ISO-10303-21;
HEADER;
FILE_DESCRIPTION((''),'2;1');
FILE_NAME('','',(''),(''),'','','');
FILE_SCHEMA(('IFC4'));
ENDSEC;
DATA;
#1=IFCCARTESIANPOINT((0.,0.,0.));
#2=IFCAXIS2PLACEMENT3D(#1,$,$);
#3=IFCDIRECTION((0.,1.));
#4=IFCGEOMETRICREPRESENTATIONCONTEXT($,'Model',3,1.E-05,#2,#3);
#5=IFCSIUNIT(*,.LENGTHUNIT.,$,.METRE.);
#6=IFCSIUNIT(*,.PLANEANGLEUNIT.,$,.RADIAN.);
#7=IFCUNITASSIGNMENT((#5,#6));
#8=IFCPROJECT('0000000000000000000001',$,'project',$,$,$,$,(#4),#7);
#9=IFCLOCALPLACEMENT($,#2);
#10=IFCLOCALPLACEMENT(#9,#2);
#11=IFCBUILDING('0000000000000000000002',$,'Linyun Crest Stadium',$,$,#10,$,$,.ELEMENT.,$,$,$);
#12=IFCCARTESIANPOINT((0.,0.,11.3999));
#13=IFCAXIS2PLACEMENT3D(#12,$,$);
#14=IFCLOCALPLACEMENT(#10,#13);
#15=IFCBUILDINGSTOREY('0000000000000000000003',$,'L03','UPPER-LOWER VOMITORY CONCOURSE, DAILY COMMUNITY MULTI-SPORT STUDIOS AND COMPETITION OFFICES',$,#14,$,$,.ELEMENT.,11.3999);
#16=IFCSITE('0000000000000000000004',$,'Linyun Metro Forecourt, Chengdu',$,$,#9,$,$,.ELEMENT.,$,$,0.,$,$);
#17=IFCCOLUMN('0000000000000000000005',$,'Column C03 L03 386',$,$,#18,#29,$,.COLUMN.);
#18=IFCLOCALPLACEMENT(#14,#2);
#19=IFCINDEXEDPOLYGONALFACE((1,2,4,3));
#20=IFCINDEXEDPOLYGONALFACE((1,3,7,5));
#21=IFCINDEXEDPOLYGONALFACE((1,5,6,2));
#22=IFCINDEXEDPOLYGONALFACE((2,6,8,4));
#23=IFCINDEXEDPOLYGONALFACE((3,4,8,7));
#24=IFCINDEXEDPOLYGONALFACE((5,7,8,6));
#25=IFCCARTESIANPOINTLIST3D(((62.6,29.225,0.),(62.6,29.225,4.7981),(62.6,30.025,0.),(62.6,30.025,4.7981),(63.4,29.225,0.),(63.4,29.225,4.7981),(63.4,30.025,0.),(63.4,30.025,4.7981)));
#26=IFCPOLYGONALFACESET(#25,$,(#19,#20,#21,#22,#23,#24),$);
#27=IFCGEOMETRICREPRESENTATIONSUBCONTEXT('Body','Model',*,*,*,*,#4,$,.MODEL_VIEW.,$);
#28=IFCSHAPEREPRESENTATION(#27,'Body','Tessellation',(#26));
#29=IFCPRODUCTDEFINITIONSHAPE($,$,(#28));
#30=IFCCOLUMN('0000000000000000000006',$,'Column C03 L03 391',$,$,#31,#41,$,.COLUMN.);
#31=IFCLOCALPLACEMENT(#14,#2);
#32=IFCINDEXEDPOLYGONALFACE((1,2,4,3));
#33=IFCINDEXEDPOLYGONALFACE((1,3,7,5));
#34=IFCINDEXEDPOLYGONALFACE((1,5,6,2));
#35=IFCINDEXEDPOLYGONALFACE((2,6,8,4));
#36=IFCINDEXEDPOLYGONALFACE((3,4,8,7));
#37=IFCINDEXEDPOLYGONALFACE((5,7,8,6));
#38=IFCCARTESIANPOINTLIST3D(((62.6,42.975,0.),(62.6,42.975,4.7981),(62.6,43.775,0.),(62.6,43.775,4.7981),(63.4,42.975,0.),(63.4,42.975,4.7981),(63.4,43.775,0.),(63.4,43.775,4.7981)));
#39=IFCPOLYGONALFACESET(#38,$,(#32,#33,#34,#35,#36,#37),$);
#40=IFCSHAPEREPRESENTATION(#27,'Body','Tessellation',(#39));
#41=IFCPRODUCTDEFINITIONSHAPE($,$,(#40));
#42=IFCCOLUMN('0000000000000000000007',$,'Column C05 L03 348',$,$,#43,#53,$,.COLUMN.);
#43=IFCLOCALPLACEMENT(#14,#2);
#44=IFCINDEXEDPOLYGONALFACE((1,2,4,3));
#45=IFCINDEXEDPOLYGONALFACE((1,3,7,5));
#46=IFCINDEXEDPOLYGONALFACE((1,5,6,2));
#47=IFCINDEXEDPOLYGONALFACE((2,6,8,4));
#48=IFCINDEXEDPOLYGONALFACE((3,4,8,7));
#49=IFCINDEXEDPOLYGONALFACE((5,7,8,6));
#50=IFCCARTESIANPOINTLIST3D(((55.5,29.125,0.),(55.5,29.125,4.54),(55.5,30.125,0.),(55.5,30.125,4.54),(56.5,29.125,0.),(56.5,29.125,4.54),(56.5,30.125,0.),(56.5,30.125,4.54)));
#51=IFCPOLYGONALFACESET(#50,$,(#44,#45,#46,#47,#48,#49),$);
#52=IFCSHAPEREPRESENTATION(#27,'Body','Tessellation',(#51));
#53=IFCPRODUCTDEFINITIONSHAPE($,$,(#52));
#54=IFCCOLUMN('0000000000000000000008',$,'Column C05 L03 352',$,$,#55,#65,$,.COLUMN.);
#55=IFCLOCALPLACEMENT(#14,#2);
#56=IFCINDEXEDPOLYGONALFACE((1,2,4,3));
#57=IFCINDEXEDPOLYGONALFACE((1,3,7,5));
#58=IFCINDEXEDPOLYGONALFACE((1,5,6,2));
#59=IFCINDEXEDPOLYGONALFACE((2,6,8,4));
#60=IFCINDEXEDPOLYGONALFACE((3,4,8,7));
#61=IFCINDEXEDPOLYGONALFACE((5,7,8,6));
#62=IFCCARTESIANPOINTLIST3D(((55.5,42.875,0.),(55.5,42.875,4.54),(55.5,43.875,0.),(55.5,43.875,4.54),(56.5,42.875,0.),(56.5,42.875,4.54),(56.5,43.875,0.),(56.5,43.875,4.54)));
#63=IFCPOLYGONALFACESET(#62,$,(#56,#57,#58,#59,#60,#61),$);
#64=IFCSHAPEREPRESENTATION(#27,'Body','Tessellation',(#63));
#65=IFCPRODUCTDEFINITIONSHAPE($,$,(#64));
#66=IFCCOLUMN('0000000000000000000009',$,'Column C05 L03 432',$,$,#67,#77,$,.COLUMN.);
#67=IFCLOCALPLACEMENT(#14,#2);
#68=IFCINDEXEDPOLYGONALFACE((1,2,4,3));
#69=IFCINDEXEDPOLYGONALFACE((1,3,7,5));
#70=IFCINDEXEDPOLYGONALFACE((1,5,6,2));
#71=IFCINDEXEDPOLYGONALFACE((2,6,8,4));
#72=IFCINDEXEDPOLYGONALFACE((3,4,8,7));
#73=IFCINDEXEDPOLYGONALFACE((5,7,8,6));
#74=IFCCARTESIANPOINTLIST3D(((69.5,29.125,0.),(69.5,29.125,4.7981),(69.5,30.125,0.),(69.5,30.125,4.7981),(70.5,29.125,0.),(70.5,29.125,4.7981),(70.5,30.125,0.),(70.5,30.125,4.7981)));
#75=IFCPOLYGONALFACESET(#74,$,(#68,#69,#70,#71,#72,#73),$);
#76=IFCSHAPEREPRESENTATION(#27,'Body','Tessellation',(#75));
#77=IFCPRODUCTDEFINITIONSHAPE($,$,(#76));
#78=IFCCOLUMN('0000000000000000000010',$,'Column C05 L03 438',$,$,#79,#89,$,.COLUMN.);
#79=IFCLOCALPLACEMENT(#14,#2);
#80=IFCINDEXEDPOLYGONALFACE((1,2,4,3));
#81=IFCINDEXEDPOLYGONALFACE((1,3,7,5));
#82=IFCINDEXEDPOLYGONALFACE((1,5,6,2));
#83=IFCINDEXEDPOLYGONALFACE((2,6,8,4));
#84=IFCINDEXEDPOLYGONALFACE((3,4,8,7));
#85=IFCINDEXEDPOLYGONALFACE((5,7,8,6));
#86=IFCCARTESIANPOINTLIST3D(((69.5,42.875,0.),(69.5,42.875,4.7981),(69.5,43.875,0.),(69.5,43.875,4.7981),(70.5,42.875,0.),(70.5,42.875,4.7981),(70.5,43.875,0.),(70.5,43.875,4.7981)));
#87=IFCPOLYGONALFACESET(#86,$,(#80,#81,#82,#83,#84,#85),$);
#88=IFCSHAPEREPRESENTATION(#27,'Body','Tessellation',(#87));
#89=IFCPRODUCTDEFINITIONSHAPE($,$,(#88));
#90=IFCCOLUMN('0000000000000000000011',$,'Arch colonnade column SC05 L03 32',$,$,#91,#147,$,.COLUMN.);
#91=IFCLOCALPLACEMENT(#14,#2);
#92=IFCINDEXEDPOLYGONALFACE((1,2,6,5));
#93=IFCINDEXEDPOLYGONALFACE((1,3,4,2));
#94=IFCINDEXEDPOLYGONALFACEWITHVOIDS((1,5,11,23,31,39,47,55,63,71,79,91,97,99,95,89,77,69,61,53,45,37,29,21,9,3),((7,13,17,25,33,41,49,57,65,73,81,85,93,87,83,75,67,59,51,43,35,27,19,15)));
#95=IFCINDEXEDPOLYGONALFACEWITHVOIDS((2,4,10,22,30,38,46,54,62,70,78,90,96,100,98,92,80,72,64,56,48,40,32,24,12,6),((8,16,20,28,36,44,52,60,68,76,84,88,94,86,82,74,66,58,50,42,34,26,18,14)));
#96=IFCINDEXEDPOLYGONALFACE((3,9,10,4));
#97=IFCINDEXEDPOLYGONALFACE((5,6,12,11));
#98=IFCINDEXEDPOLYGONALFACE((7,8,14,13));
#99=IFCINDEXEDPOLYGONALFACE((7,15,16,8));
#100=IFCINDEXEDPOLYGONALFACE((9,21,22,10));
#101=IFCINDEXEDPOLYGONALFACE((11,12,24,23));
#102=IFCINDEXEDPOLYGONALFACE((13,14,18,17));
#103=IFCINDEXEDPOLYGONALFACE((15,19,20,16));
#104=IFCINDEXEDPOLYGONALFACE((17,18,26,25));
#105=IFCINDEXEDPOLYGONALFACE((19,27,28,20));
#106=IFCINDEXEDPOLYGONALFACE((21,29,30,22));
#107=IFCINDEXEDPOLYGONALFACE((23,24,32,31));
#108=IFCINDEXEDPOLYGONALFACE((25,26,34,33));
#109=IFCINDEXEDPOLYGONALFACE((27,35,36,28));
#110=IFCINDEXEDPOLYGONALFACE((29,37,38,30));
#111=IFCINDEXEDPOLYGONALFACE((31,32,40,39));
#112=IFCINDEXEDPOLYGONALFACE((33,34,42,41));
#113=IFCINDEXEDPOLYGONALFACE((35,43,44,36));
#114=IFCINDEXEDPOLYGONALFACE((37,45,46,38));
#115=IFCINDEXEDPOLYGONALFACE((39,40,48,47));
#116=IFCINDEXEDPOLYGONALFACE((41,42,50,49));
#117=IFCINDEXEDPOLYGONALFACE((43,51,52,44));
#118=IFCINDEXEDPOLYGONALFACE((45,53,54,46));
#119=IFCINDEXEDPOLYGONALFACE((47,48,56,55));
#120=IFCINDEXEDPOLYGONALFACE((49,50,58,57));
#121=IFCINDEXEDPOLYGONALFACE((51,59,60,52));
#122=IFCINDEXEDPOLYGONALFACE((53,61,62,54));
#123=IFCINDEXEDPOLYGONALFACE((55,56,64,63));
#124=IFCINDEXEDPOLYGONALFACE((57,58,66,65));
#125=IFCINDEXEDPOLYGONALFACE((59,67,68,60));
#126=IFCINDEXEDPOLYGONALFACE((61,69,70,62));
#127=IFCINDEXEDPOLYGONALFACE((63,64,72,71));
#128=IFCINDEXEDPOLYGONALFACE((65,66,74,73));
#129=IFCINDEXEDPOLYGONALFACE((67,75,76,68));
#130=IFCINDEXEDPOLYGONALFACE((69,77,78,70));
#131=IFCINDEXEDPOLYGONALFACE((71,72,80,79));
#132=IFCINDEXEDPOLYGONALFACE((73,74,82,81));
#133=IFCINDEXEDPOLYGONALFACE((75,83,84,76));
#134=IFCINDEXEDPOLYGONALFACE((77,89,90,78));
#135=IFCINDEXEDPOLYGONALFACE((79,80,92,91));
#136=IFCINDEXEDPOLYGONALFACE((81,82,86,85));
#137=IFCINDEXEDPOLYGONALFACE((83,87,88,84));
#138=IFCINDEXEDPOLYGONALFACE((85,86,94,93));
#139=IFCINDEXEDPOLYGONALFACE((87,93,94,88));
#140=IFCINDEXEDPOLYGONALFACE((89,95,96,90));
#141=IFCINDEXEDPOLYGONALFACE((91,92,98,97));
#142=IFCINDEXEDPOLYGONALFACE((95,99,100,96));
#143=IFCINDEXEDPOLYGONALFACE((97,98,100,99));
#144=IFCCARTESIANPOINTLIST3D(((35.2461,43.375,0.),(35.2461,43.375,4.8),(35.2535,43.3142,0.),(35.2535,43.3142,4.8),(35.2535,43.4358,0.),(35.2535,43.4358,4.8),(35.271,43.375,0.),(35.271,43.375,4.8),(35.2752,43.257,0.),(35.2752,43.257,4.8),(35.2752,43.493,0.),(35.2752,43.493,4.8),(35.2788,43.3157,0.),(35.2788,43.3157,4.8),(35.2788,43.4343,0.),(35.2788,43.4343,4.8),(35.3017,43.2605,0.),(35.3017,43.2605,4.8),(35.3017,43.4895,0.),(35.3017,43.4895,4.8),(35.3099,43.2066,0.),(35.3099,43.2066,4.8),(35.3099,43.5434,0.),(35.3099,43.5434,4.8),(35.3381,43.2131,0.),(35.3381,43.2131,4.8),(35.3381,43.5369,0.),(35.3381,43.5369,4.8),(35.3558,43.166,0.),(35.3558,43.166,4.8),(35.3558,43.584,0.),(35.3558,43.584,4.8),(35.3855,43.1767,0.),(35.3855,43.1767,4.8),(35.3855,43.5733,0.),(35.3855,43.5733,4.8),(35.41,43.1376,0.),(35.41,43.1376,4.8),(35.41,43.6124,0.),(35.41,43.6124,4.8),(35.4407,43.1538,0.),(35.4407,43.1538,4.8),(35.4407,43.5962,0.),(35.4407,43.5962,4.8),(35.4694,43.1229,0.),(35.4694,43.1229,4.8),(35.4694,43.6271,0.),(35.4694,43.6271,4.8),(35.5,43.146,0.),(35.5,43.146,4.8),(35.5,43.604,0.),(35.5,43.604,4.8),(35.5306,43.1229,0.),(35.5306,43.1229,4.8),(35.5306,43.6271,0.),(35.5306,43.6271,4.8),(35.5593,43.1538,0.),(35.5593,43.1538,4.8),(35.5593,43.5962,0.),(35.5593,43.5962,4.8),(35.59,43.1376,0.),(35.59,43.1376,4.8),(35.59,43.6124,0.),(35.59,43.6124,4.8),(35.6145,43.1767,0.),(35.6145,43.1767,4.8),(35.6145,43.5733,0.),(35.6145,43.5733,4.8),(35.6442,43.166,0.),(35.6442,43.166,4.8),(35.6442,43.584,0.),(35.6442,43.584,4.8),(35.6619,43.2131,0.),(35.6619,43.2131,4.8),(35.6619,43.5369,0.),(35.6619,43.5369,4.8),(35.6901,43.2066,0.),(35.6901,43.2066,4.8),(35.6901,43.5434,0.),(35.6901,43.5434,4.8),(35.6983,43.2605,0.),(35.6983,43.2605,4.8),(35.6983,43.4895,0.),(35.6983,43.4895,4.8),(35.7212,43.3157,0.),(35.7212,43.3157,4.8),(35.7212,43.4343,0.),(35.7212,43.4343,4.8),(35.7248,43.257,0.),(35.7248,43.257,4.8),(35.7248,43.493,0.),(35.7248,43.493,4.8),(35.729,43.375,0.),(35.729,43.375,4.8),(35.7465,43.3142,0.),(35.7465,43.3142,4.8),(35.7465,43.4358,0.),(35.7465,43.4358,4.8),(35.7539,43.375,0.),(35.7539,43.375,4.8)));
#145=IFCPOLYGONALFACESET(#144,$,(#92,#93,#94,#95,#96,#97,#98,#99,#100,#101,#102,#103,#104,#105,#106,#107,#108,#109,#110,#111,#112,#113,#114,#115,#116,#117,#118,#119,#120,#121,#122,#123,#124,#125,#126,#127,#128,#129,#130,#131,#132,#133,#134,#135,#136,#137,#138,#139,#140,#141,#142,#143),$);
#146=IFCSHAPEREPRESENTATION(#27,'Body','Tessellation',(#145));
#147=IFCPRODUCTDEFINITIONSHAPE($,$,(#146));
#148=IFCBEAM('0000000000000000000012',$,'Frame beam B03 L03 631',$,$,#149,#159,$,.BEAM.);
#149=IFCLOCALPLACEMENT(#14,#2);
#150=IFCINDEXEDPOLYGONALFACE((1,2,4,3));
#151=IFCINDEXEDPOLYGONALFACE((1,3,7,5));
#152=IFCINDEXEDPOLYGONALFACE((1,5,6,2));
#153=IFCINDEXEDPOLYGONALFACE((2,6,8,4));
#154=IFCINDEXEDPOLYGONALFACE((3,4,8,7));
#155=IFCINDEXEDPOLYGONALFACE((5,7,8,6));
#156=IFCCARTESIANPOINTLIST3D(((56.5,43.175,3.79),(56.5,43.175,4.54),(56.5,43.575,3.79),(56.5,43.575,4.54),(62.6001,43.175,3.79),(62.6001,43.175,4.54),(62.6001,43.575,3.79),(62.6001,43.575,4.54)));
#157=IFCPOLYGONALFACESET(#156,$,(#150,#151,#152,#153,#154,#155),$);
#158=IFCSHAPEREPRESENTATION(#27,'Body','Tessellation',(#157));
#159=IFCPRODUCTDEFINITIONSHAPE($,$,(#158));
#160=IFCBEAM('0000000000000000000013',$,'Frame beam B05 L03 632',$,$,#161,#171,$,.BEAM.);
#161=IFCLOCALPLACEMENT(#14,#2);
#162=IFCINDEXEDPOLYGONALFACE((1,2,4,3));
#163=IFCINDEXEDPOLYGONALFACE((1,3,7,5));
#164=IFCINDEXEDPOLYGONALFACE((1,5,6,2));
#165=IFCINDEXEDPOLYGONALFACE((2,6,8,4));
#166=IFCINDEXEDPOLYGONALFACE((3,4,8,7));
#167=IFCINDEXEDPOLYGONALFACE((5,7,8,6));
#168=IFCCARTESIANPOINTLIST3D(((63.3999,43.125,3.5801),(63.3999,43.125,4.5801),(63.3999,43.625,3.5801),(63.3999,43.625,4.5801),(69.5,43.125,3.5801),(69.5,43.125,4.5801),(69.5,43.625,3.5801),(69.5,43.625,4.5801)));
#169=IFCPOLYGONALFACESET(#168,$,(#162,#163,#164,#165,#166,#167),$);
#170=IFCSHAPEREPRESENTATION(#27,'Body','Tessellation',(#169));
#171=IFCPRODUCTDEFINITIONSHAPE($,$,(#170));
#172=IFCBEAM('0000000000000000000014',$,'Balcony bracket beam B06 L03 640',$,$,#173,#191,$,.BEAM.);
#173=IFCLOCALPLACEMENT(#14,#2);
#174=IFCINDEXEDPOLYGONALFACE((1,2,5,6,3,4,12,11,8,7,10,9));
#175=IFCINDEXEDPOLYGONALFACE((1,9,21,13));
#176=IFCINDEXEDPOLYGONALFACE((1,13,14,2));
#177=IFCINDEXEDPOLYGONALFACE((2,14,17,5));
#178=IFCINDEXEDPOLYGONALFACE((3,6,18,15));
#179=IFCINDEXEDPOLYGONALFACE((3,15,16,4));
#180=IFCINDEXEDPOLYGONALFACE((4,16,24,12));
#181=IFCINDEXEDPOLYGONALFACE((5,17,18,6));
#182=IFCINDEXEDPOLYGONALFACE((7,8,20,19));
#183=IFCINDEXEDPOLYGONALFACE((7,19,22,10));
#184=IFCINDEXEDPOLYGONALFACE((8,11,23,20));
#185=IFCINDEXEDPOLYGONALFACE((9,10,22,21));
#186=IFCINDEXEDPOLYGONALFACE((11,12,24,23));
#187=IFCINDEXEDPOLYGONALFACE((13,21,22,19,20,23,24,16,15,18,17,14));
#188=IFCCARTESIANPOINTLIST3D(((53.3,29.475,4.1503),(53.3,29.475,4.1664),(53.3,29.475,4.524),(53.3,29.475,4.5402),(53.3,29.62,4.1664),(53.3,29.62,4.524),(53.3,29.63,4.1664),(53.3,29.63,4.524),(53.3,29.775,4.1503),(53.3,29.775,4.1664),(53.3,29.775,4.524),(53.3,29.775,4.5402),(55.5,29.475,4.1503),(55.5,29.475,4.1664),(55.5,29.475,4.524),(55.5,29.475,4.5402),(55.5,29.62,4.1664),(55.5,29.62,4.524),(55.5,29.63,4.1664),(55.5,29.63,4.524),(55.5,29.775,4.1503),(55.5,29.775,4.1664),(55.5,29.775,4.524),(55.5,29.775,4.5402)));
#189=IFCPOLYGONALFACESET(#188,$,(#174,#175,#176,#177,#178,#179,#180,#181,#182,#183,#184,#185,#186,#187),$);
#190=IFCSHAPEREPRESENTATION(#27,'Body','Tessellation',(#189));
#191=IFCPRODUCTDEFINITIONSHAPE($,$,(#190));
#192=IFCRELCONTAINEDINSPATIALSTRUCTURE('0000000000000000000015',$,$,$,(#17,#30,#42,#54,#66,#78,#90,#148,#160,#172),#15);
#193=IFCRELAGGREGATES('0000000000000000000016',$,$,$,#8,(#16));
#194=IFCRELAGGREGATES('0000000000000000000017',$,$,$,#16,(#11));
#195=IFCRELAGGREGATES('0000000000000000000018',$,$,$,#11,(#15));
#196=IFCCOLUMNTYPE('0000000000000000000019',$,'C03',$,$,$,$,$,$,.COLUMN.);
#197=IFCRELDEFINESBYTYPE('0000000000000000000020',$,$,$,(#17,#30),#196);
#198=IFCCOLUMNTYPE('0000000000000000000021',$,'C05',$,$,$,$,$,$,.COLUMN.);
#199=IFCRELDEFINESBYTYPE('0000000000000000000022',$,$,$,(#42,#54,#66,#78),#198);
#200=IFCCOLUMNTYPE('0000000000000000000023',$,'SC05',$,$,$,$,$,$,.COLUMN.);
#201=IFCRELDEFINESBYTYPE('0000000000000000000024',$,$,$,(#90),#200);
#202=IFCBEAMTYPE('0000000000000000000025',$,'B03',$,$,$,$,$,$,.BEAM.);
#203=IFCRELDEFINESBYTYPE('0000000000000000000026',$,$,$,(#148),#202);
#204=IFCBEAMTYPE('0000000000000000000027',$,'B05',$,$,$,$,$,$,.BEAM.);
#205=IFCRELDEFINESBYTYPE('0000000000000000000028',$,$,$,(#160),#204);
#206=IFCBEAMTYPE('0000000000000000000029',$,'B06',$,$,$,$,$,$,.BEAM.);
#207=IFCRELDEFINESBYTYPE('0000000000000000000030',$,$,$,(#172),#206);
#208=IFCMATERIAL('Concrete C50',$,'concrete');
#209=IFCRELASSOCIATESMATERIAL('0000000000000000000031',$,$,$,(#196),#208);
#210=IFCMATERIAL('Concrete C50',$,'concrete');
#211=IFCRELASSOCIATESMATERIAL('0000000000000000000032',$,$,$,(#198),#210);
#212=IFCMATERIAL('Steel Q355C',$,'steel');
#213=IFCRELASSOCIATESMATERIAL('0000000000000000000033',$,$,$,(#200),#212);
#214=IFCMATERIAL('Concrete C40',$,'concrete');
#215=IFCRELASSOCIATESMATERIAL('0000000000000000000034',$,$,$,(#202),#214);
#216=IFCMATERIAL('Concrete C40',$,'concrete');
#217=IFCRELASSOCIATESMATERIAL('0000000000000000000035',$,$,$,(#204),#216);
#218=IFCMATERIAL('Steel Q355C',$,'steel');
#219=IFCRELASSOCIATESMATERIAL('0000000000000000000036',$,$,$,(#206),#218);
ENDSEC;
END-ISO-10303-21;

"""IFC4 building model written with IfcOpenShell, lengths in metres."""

from ifc_helpers import new_model, si_unit, direction, frame, origin, origin_2d, place, context, subcontext, project, spatial, rectangle, hollow_circle, i_section, extrude, material, material_profile, profile_set, type_object, element, save


model = new_model("IFC4")

# Units and contexts
model_context = context("Model", 3, precision=1e-05, world=origin(), true_north=direction((0.0, 1.0)))
body_context = subcontext(model_context, "Body", "Model", "MODEL_VIEW")
ifc_project = project(units=[si_unit("LENGTHUNIT", "METRE"), si_unit("PLANEANGLEUNIT", "RADIAN")], contexts=[model_context])

# Site, building, storey
site_placement = place(None, origin())
site = spatial("IfcSite", under=ifc_project, at=site_placement, Name="Linyun Metro Forecourt, Chengdu", CompositionType="ELEMENT", RefElevation=0.0)
building_placement = place(site_placement, origin())
building = spatial("IfcBuilding", under=site, at=building_placement, Name="Linyun Crest Stadium", CompositionType="ELEMENT")
storey_placement = place(building_placement, frame((0.0, 0.0, 11.3999)))
storey = spatial("IfcBuildingStorey", under=building, at=storey_placement, Name="L03", Description="UPPER-LOWER VOMITORY CONCOURSE, DAILY COMMUNITY MULTI-SPORT STUDIOS AND COMPETITION OFFICES", CompositionType="ELEMENT", Elevation=11.3999)

# Columns
ifc_material_1 = material(Name="Concrete C50", Category="concrete")
ifc_material_profile_1 = material_profile(ifc_material_1, rectangle(XDim=0.8, YDim=0.8, at=origin_2d()), Name="RC 800x800")
ifc_profile_set_1 = profile_set([ifc_material_profile_1], Name="Concrete C50")
column_type_1 = type_object("IfcColumnType", Name="C03", PredefinedType="COLUMN", material=ifc_profile_set_1)
for number, where, z_axis, x_axis, name in (
    (1, (63.0, 29.625, 0.0), (0.0, 0.0, 1.0), (1.0, 0.0, 0.0), "Column C03 L03 386"),
    (2, (63.0, 43.375, 0.0), (0.0, 0.0, 1.0), (1.0, 0.0, 0.0), "Column C03 L03 391"),
):
    element("IfcColumn", number, at=place(storey_placement, frame(where, z_axis=z_axis, x_axis=x_axis)), inside=storey, type_object=column_type_1, Name=name, PredefinedType="COLUMN", context=body_context, shape_type="SweptSolid", body=[
        extrude(rectangle(XDim=0.8, YDim=0.8, at=origin_2d()), origin(), (0.0, 0.0, 1.0), 4.7981),
    ])
ifc_material_2 = material(Name="Concrete C50", Category="concrete")
ifc_material_profile_2 = material_profile(ifc_material_2, rectangle(XDim=1.0, YDim=1.0, at=origin_2d()), Name="RC 1000x1000")
ifc_profile_set_2 = profile_set([ifc_material_profile_2], Name="Concrete C50")
column_type_2 = type_object("IfcColumnType", Name="C05", PredefinedType="COLUMN", material=ifc_profile_set_2)
for number, where, z_axis, x_axis, name in (
    (3, (56.0, 29.625, 0.0), (0.0, 0.0, 1.0), (1.0, 0.0, 0.0), "Column C05 L03 348"),
    (4, (56.0, 43.375, 0.0), (0.0, 0.0, 1.0), (1.0, 0.0, 0.0), "Column C05 L03 352"),
):
    element("IfcColumn", number, at=place(storey_placement, frame(where, z_axis=z_axis, x_axis=x_axis)), inside=storey, type_object=column_type_2, Name=name, PredefinedType="COLUMN", context=body_context, shape_type="SweptSolid", body=[
        extrude(rectangle(XDim=1.0, YDim=1.0, at=origin_2d()), origin(), (0.0, 0.0, 1.0), 4.54),
    ])
for number, where, z_axis, x_axis, name in (
    (5, (70.0, 29.625, 0.0), (0.0, 0.0, 1.0), (1.0, 0.0, 0.0), "Column C05 L03 432"),
    (6, (70.0, 43.375, 0.0), (0.0, 0.0, 1.0), (1.0, 0.0, 0.0), "Column C05 L03 438"),
):
    element("IfcColumn", number, at=place(storey_placement, frame(where, z_axis=z_axis, x_axis=x_axis)), inside=storey, type_object=column_type_2, Name=name, PredefinedType="COLUMN", context=body_context, shape_type="SweptSolid", body=[
        extrude(rectangle(XDim=1.0, YDim=1.0, at=origin_2d()), origin(), (0.0, 0.0, 1.0), 4.7981),
    ])
ifc_material_3 = material(Name="Steel Q355C", Category="steel")
ifc_material_profile_3 = material_profile(ifc_material_3, hollow_circle(Radius=0.2539, WallThickness=0.0249, at=origin_2d()), Name="CHS 508x25")
ifc_profile_set_3 = profile_set([ifc_material_profile_3], Name="Steel Q355C")
column_type_3 = type_object("IfcColumnType", Name="SC05", PredefinedType="COLUMN", material=ifc_profile_set_3)
column_placement = place(storey_placement, frame((35.5, 43.375, 0.0), z_axis=(0.0, 0.0, 1.0), x_axis=(1.0, 0.0, 0.0)))
element("IfcColumn", 7, at=column_placement, inside=storey, type_object=column_type_3, Name="Arch colonnade column SC05 L03 32", PredefinedType="COLUMN", context=body_context, shape_type="SweptSolid", body=[
    extrude(hollow_circle(Radius=0.2539, WallThickness=0.0249, at=origin_2d()), origin(), (0.0, 0.0, 1.0), 4.8),
])

# Beams
ifc_material_4 = material(Name="Concrete C40", Category="concrete")
ifc_material_profile_4 = material_profile(ifc_material_4, rectangle(XDim=0.3999, YDim=0.75, at=origin_2d()), Name="RCB 750x400")
ifc_profile_set_4 = profile_set([ifc_material_profile_4], Name="Concrete C40")
beam_type_1 = type_object("IfcBeamType", Name="B03", PredefinedType="BEAM", material=ifc_profile_set_4)
beam_1_placement = place(storey_placement, frame((56.5, 43.375, 4.165), z_axis=(1.0, 0.0, 0.0), x_axis=(0.0, 1.0, 0.0)))
element("IfcBeam", 8, at=beam_1_placement, inside=storey, type_object=beam_type_1, Name="Frame beam B03 L03 631", PredefinedType="BEAM", context=body_context, shape_type="SweptSolid", body=[
    extrude(rectangle(XDim=0.3999, YDim=0.75, at=origin_2d()), origin(), (0.0, 0.0, 1.0), 6.1001),
])
ifc_material_5 = material(Name="Concrete C40", Category="concrete")
ifc_material_profile_5 = material_profile(ifc_material_5, rectangle(XDim=0.5, YDim=1.0, at=origin_2d()), Name="RCB 1000x500")
ifc_profile_set_5 = profile_set([ifc_material_profile_5], Name="Concrete C40")
beam_type_2 = type_object("IfcBeamType", Name="B05", PredefinedType="BEAM", material=ifc_profile_set_5)
beam_2_placement = place(storey_placement, frame((63.3999, 43.375, 4.0801), z_axis=(1.0, 0.0, 0.0), x_axis=(0.0, 1.0, 0.0)))
element("IfcBeam", 9, at=beam_2_placement, inside=storey, type_object=beam_type_2, Name="Frame beam B05 L03 632", PredefinedType="BEAM", context=body_context, shape_type="SweptSolid", body=[
    extrude(rectangle(XDim=0.5, YDim=1.0, at=origin_2d()), origin(), (0.0, 0.0, 1.0), 6.1001),
])
ifc_material_6 = material(Name="Steel Q355C", Category="steel")
ifc_material_profile_6 = material_profile(ifc_material_6, i_section(OverallWidth=0.3, OverallDepth=0.3899, WebThickness=0.01, FlangeThickness=0.0161, at=origin_2d()), Name="HM 390x300")
ifc_profile_set_6 = profile_set([ifc_material_profile_6], Name="Steel Q355C")
beam_type_3 = type_object("IfcBeamType", Name="B06", PredefinedType="BEAM", material=ifc_profile_set_6)
for number, where, z_axis, x_axis, name in (
    (10, (55.5, 29.625, 4.3452), (-1.0, 0.0, 0.0), (0.0, -1.0, 0.0), "Balcony bracket beam B06 L03 640"),
):
    element("IfcBeam", number, at=place(storey_placement, frame(where, z_axis=z_axis, x_axis=x_axis)), inside=storey, type_object=beam_type_3, Name=name, PredefinedType="BEAM", context=body_context, shape_type="SweptSolid", body=[
        extrude(i_section(OverallWidth=0.3, OverallDepth=0.3899, WebThickness=0.01, FlangeThickness=0.0161, at=origin_2d()), origin(), (0.0, 0.0, 1.0), 2.2),
    ])

save(model, "model.ifc")
